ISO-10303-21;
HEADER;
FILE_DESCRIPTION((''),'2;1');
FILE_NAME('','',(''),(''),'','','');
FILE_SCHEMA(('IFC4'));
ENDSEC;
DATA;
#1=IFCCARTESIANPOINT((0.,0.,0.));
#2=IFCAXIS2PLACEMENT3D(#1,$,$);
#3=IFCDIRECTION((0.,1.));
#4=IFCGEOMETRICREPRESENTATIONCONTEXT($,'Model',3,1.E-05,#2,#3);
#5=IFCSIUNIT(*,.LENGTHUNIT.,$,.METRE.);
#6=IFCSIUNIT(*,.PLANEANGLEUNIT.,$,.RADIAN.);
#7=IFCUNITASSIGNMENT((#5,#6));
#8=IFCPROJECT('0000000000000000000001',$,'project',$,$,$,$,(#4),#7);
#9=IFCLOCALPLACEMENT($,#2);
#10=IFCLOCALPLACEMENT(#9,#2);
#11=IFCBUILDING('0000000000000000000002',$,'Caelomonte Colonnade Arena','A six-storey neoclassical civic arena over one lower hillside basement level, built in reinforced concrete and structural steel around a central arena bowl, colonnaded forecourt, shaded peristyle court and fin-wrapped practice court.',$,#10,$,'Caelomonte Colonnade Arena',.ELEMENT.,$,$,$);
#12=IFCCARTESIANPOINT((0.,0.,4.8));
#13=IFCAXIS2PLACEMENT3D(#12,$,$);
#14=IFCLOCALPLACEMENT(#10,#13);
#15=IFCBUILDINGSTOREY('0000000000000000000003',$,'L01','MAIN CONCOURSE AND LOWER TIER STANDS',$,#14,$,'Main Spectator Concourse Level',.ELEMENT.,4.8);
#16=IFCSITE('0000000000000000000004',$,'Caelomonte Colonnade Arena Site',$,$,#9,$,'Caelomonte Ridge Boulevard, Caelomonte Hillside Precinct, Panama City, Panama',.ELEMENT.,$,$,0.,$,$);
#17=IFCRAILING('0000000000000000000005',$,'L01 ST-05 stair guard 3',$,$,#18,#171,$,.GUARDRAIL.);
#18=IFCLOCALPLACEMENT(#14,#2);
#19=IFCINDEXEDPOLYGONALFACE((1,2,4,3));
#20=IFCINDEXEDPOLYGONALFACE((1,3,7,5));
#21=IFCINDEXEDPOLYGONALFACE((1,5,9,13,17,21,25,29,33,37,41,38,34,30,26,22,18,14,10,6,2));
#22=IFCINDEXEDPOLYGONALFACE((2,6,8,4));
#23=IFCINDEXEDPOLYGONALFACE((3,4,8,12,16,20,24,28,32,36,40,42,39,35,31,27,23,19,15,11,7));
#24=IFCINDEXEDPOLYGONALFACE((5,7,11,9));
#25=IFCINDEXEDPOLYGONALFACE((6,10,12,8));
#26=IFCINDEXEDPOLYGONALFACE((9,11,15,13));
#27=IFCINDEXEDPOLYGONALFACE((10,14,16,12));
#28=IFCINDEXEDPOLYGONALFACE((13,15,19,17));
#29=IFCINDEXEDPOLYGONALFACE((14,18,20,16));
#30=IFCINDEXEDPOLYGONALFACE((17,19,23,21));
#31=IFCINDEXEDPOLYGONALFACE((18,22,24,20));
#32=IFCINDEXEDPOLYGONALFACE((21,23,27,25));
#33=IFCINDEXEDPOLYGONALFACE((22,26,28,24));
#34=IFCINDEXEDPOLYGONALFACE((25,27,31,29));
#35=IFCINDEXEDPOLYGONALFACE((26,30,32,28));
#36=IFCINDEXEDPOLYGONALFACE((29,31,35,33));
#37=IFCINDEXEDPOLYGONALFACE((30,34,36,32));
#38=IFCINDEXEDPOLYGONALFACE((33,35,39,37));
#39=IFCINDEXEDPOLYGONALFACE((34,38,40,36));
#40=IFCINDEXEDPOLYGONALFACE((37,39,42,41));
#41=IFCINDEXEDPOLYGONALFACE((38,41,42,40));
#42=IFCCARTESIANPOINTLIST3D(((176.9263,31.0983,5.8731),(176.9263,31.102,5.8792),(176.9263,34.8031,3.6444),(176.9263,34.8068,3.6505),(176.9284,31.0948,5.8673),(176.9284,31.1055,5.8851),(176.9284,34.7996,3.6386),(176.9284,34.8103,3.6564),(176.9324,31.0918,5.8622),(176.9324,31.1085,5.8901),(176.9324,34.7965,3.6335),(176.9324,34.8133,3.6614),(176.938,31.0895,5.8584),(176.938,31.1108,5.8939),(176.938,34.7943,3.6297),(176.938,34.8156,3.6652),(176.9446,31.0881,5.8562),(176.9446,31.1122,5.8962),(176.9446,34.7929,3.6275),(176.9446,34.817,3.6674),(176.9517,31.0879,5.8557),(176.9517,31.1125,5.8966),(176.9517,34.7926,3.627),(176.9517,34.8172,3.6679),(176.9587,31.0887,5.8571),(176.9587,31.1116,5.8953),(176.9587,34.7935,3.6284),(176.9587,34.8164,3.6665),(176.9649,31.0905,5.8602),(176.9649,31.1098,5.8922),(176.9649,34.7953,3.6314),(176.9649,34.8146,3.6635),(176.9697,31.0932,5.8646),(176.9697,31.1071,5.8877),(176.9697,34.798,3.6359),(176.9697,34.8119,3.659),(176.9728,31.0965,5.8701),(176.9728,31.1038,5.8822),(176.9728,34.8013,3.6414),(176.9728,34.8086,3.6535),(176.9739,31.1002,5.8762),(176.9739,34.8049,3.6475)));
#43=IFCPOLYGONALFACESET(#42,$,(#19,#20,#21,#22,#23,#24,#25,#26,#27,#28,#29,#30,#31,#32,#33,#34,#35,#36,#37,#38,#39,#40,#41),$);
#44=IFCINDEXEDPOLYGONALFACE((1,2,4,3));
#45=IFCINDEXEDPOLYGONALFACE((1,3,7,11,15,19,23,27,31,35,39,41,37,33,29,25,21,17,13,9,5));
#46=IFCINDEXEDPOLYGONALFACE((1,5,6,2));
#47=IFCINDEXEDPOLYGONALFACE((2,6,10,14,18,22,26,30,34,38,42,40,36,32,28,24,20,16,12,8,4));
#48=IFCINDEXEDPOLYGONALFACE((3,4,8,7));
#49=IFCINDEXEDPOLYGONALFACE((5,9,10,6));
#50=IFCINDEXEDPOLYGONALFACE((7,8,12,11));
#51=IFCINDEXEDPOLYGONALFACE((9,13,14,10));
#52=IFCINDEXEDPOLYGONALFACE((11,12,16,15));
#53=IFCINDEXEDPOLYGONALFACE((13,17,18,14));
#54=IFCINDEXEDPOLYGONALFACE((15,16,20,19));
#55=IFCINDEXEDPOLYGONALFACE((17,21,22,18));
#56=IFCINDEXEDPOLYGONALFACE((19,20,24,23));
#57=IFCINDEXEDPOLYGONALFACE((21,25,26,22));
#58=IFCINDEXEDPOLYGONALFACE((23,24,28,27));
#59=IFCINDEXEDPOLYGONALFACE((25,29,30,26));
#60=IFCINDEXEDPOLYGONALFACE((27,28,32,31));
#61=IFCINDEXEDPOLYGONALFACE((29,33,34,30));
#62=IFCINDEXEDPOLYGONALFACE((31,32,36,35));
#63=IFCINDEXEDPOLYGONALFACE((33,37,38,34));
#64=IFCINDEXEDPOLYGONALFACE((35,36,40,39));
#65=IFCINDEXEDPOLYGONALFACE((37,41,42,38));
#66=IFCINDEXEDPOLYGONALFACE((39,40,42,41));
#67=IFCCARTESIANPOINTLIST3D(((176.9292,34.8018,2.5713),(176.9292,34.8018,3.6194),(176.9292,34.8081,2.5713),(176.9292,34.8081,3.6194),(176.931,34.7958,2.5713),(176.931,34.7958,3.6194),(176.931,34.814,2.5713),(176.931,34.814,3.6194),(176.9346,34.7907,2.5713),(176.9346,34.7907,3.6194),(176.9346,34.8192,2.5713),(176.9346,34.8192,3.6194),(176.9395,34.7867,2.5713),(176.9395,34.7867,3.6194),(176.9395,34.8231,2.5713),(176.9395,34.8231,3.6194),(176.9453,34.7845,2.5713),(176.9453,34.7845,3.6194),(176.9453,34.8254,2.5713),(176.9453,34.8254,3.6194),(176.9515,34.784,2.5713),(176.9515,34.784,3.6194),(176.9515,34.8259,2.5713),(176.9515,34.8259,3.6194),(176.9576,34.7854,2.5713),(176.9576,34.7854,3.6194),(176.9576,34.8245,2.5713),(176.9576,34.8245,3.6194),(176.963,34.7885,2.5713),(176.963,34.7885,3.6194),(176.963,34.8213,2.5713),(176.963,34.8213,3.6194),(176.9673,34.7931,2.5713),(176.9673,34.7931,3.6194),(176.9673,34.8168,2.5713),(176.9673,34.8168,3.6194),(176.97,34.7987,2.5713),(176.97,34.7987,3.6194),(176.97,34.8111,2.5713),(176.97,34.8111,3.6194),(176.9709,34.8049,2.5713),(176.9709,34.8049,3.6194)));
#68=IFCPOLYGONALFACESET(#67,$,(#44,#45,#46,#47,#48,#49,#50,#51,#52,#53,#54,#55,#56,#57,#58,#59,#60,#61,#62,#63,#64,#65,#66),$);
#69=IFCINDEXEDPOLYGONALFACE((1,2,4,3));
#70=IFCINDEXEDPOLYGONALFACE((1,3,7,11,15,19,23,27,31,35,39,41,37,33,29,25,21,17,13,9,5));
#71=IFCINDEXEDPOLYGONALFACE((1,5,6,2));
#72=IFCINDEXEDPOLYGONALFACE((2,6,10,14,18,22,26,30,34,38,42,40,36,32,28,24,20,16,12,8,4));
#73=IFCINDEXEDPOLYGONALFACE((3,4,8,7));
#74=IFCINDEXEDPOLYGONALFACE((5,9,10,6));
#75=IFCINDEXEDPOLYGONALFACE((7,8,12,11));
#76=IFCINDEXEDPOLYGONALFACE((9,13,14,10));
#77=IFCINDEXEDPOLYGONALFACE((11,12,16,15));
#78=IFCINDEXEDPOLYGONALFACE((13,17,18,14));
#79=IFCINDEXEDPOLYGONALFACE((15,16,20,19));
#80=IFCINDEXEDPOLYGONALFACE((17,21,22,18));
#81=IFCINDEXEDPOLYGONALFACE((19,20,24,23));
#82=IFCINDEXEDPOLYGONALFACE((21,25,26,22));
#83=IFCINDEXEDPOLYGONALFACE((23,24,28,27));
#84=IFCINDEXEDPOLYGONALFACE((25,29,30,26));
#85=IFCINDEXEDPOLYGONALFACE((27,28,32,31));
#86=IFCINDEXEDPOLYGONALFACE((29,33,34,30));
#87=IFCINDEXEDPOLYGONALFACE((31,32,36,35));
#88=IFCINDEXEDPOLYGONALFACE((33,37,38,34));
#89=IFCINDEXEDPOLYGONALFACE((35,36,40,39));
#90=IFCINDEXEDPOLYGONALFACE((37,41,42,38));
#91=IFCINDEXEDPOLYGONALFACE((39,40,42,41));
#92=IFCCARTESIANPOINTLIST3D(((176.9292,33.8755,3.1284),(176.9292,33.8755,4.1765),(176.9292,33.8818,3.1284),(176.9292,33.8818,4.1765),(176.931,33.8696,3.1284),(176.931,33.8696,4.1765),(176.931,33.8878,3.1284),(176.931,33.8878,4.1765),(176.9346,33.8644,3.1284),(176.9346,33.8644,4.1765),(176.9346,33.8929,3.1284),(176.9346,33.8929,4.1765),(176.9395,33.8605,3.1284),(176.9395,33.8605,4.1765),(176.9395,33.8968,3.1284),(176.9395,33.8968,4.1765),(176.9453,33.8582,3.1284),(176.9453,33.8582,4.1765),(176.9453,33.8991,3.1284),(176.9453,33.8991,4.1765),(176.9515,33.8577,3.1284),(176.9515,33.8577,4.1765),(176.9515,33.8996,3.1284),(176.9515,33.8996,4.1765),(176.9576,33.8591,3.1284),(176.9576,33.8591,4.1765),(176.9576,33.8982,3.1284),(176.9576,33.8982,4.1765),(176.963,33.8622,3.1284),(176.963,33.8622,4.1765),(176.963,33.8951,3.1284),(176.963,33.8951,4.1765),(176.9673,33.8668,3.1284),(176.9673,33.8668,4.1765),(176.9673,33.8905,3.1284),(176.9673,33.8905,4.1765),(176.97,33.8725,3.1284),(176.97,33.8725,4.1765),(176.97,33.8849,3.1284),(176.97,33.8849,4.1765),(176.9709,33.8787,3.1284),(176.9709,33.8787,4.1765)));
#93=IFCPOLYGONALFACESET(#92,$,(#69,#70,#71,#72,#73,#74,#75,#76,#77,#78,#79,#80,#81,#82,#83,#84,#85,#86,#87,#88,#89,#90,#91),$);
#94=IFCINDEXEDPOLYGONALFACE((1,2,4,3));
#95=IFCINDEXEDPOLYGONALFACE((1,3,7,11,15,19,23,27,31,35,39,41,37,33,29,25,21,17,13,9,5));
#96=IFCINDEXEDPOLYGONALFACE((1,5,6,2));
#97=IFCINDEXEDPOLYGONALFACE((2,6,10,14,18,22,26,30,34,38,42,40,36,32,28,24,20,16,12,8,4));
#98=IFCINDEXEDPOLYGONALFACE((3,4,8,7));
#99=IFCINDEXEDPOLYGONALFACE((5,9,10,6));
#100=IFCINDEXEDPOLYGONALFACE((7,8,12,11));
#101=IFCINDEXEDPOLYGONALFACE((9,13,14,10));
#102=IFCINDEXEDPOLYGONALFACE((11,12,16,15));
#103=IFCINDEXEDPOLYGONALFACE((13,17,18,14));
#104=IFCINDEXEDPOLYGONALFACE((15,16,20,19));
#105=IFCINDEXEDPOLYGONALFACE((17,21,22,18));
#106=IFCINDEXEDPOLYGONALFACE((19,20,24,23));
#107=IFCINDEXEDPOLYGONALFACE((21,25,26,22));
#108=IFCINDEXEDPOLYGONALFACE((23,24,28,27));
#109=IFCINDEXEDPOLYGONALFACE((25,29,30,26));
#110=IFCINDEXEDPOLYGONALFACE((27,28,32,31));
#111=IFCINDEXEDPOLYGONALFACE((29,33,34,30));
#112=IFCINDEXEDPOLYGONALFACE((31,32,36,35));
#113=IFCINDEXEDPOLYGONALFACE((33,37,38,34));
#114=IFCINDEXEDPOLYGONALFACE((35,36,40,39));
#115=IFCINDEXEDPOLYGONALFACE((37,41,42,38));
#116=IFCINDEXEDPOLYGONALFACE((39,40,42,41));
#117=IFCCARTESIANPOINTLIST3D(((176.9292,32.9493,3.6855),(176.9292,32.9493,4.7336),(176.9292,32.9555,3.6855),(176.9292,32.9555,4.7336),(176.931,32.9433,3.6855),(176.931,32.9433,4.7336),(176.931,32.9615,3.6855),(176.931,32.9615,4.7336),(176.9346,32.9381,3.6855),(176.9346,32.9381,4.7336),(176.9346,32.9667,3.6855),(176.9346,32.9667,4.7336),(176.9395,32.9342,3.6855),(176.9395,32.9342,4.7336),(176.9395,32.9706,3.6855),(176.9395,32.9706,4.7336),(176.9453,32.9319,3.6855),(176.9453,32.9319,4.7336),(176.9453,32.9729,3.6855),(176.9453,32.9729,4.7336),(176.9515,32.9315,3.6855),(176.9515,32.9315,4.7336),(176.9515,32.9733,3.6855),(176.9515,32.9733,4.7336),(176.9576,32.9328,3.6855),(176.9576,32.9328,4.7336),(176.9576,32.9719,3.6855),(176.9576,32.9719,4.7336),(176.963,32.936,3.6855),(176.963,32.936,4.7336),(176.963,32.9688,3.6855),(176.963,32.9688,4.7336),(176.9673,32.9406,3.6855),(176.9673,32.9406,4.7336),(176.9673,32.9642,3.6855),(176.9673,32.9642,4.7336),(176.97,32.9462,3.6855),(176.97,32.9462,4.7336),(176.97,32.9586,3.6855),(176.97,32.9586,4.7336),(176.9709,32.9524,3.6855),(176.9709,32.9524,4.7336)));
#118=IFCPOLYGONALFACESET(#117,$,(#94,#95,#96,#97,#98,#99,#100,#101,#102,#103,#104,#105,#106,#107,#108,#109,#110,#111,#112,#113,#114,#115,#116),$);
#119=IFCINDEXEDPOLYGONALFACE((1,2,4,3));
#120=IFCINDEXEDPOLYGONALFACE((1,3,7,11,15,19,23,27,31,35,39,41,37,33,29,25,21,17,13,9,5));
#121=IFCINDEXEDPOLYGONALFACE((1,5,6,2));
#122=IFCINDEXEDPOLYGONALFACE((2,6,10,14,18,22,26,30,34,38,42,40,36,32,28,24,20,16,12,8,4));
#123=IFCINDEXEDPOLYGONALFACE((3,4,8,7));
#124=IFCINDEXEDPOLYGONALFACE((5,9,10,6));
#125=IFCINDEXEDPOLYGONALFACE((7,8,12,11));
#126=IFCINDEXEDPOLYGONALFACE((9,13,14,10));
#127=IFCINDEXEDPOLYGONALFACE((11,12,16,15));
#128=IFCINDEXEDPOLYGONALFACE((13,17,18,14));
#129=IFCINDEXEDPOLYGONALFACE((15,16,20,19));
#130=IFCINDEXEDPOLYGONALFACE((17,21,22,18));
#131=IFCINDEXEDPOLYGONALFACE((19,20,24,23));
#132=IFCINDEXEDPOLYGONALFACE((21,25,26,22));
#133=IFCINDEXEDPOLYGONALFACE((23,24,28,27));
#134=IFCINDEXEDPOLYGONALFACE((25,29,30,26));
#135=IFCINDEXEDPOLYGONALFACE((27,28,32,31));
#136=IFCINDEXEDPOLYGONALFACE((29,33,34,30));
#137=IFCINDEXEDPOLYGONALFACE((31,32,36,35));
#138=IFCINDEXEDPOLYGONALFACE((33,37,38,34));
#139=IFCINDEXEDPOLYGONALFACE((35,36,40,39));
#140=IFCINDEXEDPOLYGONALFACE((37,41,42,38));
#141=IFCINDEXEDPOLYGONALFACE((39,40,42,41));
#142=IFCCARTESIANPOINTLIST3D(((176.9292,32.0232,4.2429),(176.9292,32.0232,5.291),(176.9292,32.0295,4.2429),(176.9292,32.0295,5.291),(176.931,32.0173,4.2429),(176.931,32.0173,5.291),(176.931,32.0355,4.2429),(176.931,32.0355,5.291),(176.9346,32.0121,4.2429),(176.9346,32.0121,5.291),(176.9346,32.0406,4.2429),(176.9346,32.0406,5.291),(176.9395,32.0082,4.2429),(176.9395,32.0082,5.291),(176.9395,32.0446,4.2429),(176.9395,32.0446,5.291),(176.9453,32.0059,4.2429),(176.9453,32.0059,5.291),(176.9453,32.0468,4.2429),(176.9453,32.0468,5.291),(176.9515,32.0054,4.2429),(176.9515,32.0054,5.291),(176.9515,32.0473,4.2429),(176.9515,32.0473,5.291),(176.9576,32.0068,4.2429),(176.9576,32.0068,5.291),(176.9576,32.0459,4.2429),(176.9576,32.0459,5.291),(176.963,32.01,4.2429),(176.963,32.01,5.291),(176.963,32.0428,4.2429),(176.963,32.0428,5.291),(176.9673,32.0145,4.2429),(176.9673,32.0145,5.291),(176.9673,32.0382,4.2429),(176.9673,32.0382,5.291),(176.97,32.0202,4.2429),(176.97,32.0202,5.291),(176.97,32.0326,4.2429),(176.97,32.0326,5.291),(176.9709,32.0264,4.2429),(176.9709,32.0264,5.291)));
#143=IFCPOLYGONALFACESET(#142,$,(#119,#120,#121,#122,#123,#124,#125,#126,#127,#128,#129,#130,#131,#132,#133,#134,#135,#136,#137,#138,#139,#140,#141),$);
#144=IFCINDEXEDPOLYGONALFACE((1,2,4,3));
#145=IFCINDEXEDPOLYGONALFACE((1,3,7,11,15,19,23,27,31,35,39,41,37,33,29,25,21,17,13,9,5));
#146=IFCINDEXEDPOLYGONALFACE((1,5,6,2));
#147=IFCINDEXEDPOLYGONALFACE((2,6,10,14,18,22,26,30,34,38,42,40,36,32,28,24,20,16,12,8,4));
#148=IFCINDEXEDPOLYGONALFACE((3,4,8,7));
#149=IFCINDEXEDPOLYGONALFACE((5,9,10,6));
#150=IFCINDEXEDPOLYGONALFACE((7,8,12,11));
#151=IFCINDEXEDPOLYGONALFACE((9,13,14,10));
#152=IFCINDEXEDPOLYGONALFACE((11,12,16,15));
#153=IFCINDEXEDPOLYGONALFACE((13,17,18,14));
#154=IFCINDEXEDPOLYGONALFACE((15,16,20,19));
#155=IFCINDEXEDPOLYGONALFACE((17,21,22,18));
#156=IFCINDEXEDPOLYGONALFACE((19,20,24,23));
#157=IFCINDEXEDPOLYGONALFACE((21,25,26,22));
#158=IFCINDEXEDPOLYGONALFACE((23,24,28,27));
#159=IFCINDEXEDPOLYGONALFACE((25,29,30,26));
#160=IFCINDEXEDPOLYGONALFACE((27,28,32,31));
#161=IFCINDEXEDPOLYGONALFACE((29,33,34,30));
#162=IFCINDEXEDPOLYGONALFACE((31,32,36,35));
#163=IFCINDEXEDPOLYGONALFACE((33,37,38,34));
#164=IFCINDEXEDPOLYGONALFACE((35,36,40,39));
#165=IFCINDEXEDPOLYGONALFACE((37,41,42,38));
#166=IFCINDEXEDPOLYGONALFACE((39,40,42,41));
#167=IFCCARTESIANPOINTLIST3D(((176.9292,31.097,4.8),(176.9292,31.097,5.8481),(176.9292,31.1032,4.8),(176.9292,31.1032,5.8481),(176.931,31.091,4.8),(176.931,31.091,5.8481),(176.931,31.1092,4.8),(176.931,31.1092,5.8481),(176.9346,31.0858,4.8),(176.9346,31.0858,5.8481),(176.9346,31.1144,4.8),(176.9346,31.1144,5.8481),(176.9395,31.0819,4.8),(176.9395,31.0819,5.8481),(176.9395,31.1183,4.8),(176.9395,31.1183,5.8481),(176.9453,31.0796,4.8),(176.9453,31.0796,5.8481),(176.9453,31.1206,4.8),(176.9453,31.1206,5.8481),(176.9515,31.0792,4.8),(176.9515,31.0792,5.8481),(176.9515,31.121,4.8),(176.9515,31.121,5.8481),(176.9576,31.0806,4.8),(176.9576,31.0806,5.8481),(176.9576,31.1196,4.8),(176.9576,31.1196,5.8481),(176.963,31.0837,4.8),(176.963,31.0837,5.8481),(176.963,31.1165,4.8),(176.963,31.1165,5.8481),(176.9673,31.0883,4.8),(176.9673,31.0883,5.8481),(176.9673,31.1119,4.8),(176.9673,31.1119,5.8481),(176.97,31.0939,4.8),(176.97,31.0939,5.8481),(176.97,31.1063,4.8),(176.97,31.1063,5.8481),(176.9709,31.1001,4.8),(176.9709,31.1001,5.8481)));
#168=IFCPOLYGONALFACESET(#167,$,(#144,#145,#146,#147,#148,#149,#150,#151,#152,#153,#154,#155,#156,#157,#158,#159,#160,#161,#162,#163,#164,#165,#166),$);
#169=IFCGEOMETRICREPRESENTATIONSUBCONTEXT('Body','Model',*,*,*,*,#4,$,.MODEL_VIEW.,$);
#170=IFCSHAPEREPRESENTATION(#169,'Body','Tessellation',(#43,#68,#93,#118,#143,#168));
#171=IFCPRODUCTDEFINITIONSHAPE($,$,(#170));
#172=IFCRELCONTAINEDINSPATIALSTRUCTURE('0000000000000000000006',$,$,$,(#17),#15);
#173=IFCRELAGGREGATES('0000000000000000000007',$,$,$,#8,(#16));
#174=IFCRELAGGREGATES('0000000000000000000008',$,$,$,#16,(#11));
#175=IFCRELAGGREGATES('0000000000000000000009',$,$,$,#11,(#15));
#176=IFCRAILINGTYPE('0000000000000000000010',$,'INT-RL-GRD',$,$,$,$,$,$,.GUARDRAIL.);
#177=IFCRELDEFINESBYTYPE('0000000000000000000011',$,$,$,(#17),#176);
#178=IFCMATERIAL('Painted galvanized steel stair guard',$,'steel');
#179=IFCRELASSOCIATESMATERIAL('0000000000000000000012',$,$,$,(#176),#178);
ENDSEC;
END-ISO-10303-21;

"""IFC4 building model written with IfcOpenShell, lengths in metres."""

from ifc_helpers import new_model, si_unit, direction, frame, origin, origin_2d, place, context, subcontext, project, spatial, circle, extrude, material, type_object, element, save


model = new_model("IFC4")

# Units and contexts
model_context = context("Model", 3, precision=1e-05, world=origin(), true_north=direction((0.0, 1.0)))
body_context = subcontext(model_context, "Body", "Model", "MODEL_VIEW")
ifc_project = project(units=[si_unit("LENGTHUNIT", "METRE"), si_unit("PLANEANGLEUNIT", "RADIAN")], contexts=[model_context])

# Site, building, storey
site_placement = place(None, origin())
site = spatial("IfcSite", under=ifc_project, at=site_placement, Name="Caelomonte Colonnade Arena Site", LongName="Caelomonte Ridge Boulevard, Caelomonte Hillside Precinct, Panama City, Panama", CompositionType="ELEMENT", RefElevation=0.0)
building_placement = place(site_placement, origin())
building = spatial("IfcBuilding", under=site, at=building_placement, Name="Caelomonte Colonnade Arena", Description="A six-storey neoclassical civic arena over one lower hillside basement level, built in reinforced concrete and structural steel around a central arena bowl, colonnaded forecourt, shaded peristyle court and fin-wrapped practice court.", LongName="Caelomonte Colonnade Arena", CompositionType="ELEMENT")
storey_placement = place(building_placement, frame((0.0, 0.0, 4.8)))
storey = spatial("IfcBuildingStorey", under=building, at=storey_placement, Name="L01", Description="MAIN CONCOURSE AND LOWER TIER STANDS", LongName="Main Spectator Concourse Level", CompositionType="ELEMENT", Elevation=4.8)

# Railing
ifc_material_1 = material(Name="Painted galvanized steel stair guard", Category="steel")
railing_type_1 = type_object("IfcRailingType", Name="INT-RL-GRD", PredefinedType="GUARDRAIL", material=ifc_material_1)
railing_1_placement = place(storey_placement, frame((176.95, 34.8049, 2.5713)))
element("IfcRailing", 1, at=railing_1_placement, inside=storey, type_object=railing_type_1, Name="L01 ST-05 stair guard 3", PredefinedType="GUARDRAIL", context=body_context, shape_type="SweptSolid", body=[
    extrude(circle(Radius=0.0239, at=origin_2d()), frame((0.0, 0.0, 1.0762), z_axis=(0.0, -0.856894, 0.515492), x_axis=(1.0, 0.0, 0.0)), (0.0, 0.0, 1.0), 4.3235),
    extrude(circle(Radius=0.021, at=origin_2d()), origin(), (0.0, 0.0, 1.0), 1.0481),
    extrude(circle(Radius=0.021, at=origin_2d()), frame((0.0, -0.9263, 0.5571)), (0.0, 0.0, 1.0), 1.0481),
    extrude(circle(Radius=0.021, at=origin_2d()), frame((0.0, -1.8525, 1.1143)), (0.0, 0.0, 1.0), 1.0481),
    extrude(circle(Radius=0.021, at=origin_2d()), frame((0.0, -2.7786, 1.6716)), (0.0, 0.0, 1.0), 1.0481),
    extrude(circle(Radius=0.021, at=origin_2d()), frame((0.0, -3.7048, 2.2288)), (0.0, 0.0, 1.0), 1.0481),
])

save(model, "model.ifc")
